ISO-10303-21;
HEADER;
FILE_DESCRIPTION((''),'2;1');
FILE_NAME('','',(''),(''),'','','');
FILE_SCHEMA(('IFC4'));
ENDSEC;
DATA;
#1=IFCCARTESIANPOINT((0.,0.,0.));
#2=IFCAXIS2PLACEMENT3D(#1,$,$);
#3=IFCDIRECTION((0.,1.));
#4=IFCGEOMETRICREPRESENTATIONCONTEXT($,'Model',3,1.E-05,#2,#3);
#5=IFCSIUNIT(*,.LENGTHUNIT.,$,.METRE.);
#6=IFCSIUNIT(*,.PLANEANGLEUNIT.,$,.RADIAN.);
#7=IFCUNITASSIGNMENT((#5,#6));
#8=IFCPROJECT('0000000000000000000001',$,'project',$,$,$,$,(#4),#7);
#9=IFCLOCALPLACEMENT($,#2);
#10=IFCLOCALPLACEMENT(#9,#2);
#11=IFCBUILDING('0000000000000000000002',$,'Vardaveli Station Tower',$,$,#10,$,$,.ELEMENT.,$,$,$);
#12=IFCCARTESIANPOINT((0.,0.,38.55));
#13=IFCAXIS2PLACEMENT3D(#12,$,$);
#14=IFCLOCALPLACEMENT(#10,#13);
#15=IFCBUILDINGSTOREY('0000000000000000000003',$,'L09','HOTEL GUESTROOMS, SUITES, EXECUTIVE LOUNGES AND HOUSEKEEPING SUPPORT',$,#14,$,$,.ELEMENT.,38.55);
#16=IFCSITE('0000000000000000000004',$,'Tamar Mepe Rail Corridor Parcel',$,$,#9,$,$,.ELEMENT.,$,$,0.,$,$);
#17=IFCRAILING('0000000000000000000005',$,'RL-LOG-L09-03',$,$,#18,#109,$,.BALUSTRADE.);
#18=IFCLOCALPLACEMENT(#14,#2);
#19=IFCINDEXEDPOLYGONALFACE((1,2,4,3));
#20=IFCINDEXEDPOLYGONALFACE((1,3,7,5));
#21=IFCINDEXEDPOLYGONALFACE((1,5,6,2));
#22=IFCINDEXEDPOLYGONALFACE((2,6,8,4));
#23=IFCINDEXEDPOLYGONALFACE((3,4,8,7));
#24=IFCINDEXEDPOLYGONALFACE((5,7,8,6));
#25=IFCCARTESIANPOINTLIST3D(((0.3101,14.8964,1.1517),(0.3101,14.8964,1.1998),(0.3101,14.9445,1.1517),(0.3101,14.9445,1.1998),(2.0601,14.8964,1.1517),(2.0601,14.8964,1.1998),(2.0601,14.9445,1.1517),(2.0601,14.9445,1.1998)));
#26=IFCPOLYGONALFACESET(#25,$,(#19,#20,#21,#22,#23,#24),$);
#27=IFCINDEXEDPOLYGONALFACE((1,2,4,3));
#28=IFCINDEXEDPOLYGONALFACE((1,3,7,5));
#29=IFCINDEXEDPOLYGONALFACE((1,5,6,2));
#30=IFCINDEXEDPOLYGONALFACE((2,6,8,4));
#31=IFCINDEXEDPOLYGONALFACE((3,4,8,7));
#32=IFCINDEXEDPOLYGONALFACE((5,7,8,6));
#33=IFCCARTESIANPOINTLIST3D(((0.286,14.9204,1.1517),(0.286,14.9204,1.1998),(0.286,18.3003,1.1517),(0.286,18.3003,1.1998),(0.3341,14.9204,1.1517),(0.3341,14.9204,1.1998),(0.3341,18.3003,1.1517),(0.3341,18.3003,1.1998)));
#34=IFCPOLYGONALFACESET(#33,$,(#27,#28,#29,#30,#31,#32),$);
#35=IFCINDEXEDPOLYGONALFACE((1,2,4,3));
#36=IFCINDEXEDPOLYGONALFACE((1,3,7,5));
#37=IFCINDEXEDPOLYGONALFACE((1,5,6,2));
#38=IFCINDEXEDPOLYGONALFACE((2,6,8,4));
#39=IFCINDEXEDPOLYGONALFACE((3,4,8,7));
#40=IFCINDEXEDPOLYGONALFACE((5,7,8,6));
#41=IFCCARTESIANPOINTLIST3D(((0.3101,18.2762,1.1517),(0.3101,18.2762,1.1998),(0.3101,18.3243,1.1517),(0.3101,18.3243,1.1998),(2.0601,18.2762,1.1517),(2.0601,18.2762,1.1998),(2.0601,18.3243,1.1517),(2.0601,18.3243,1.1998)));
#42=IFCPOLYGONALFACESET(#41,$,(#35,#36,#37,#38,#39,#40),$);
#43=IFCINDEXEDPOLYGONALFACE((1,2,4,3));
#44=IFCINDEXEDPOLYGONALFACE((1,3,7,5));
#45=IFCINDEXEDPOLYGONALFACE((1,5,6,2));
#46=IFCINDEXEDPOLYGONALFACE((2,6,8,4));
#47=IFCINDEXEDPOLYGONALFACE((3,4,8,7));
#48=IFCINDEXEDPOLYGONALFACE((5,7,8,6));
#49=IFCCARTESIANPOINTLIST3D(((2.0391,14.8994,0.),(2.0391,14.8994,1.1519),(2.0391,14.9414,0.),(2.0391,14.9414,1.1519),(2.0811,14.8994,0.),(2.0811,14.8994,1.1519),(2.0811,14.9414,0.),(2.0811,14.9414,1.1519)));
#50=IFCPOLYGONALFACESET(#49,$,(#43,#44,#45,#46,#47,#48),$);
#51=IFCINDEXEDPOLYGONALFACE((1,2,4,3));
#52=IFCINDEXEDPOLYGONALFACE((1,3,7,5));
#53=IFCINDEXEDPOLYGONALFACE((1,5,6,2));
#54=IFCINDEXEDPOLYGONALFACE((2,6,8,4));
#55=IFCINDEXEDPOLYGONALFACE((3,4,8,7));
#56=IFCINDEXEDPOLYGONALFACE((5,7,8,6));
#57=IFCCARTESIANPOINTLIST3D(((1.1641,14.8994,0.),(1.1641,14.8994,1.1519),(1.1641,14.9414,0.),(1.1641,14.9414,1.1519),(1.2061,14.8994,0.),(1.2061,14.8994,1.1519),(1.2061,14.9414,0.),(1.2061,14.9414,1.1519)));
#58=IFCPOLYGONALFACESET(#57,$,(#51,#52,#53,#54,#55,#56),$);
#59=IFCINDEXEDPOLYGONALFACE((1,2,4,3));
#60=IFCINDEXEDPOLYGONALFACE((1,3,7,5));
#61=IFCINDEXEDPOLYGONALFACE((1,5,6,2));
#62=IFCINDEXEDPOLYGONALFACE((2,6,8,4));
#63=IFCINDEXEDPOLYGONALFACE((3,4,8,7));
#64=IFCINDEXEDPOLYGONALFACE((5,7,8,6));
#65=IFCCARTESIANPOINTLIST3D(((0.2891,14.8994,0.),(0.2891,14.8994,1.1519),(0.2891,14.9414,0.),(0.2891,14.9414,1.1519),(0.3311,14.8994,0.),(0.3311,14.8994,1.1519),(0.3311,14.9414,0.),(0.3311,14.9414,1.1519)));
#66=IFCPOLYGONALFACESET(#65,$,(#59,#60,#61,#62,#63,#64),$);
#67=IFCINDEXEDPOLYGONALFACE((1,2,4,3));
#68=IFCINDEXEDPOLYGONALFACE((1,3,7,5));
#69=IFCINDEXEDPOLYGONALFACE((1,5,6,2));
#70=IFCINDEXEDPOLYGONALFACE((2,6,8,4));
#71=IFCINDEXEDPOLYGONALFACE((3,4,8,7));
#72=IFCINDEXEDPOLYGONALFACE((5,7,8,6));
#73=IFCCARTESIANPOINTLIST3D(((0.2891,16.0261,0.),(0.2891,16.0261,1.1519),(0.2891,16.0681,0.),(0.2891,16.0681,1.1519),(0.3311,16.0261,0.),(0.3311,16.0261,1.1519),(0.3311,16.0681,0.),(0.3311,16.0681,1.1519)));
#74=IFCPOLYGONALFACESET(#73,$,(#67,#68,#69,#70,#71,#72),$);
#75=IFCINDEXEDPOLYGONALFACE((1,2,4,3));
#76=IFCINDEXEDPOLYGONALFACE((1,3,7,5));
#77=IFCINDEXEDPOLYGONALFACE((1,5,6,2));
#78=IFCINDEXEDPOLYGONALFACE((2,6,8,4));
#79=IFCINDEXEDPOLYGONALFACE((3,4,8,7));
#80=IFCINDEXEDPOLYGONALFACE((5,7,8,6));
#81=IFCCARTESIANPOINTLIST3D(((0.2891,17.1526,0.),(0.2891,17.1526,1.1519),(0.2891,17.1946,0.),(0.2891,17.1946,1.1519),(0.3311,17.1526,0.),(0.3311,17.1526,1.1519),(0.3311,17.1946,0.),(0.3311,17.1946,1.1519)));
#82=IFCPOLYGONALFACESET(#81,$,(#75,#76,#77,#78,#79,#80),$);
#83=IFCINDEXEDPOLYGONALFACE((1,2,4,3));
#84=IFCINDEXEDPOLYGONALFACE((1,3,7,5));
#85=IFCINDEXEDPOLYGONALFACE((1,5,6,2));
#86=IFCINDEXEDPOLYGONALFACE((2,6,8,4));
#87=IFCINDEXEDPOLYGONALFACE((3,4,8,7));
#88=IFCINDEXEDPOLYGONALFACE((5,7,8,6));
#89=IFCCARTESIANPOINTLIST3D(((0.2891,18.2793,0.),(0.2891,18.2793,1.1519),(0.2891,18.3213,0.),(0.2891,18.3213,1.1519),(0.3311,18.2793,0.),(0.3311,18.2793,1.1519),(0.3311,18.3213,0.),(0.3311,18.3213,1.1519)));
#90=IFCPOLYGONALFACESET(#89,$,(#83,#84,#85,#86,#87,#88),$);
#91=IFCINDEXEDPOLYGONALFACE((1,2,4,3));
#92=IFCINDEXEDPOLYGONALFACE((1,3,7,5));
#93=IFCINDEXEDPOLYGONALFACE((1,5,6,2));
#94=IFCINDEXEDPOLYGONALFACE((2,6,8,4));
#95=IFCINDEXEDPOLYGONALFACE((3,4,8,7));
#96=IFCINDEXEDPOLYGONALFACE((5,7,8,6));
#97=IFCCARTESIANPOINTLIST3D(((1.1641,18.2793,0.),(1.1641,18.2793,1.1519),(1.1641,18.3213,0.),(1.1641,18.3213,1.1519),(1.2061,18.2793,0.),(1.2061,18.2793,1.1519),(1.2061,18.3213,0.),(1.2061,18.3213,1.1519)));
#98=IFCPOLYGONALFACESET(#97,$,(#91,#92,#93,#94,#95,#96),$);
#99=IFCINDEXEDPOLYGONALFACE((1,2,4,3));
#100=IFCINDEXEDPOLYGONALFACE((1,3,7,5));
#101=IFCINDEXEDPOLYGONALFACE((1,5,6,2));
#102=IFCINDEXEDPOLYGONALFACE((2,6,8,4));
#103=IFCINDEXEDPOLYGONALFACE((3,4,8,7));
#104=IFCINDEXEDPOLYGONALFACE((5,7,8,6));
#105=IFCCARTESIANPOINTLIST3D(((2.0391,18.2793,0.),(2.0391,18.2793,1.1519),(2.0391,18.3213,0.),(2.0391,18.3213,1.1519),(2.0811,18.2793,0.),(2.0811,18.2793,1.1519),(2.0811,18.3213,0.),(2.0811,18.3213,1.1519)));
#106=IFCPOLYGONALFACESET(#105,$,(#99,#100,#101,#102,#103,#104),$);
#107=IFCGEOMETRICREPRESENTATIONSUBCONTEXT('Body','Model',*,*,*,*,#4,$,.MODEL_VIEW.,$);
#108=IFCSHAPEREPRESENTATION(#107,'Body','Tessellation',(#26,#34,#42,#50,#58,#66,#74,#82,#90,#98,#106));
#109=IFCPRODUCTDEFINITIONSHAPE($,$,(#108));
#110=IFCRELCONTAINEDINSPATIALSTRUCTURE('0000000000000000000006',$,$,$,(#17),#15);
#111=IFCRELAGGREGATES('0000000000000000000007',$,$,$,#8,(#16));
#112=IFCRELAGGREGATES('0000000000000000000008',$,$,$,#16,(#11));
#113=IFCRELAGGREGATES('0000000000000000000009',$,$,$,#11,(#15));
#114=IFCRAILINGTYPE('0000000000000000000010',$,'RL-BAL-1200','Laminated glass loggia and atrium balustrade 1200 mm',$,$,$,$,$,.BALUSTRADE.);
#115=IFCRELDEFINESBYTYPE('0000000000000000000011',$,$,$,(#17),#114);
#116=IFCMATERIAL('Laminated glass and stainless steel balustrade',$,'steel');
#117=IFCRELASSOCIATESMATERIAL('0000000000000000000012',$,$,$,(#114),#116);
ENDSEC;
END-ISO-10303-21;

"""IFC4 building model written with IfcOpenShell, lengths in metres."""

from ifc_helpers import new_model, si_unit, direction, frame, origin, origin_2d, place, context, subcontext, project, spatial, rectangle, extrude, source, transform, mapped, material, type_object, element, save


model = new_model("IFC4")

# Units and contexts
model_context = context("Model", 3, precision=1e-05, world=origin(), true_north=direction((0.0, 1.0)))
body_context = subcontext(model_context, "Body", "Model", "MODEL_VIEW")
ifc_project = project(units=[si_unit("LENGTHUNIT", "METRE"), si_unit("PLANEANGLEUNIT", "RADIAN")], contexts=[model_context])

# Site, building, storey
site_placement = place(None, origin())
site = spatial("IfcSite", under=ifc_project, at=site_placement, Name="Tamar Mepe Rail Corridor Parcel", CompositionType="ELEMENT", RefElevation=0.0)
building_placement = place(site_placement, origin())
building = spatial("IfcBuilding", under=site, at=building_placement, Name="Vardaveli Station Tower", CompositionType="ELEMENT")
storey_placement = place(building_placement, frame((0.0, 0.0, 38.55)))
storey = spatial("IfcBuildingStorey", under=building, at=storey_placement, Name="L09", Description="HOTEL GUESTROOMS, SUITES, EXECUTIVE LOUNGES AND HOUSEKEEPING SUPPORT", CompositionType="ELEMENT", Elevation=38.55)

# Railing
ifc_material_1 = material(Name="Laminated glass and stainless steel balustrade", Category="steel")
railing_type = type_object("IfcRailingType", Name="RL-BAL-1200", Description="Laminated glass loggia and atrium balustrade 1200 mm", PredefinedType="BALUSTRADE", material=ifc_material_1)
shared_shape_1 = source(origin(), body_context, "Body", "SweptSolid", [
    extrude(rectangle(XDim=0.0481, YDim=0.0481, at=origin_2d()), frame((0.0, 0.0, 1.1758), z_axis=(-1.0, 0.0, 0.0), x_axis=(0.0, -1.0, 0.0)), (0.0, 0.0, 1.0), 1.75),
    extrude(rectangle(XDim=0.0481, YDim=0.0481, at=origin_2d()), frame((-1.75, 0.0, 1.1758), z_axis=(0.0, 1.0, 0.0), x_axis=(-1.0, 0.0, 0.0)), (0.0, 0.0, 1.0), 3.3799),
    extrude(rectangle(XDim=0.0481, YDim=0.0481, at=origin_2d()), frame((-1.75, 3.3799, 1.1758), z_axis=(1.0, 0.0, 0.0), x_axis=(0.0, 1.0, 0.0)), (0.0, 0.0, 1.0), 1.75),
    extrude(rectangle(XDim=0.042, YDim=0.042, at=origin_2d()), origin(), (0.0, 0.0, 1.0), 1.1519),
    extrude(rectangle(XDim=0.042, YDim=0.042, at=origin_2d()), frame((-0.875, 0.0, 0.0)), (0.0, 0.0, 1.0), 1.1519),
    extrude(rectangle(XDim=0.042, YDim=0.042, at=origin_2d()), frame((-1.75, 0.0, 0.0)), (0.0, 0.0, 1.0), 1.1519),
    extrude(rectangle(XDim=0.042, YDim=0.042, at=origin_2d()), frame((-1.75, 1.1267, 0.0)), (0.0, 0.0, 1.0), 1.1519),
    extrude(rectangle(XDim=0.042, YDim=0.042, at=origin_2d()), frame((-1.75, 2.2532, 0.0)), (0.0, 0.0, 1.0), 1.1519),
    extrude(rectangle(XDim=0.042, YDim=0.042, at=origin_2d()), frame((-1.75, 3.3799, 0.0)), (0.0, 0.0, 1.0), 1.1519),
    extrude(rectangle(XDim=0.042, YDim=0.042, at=origin_2d()), frame((-0.875, 3.3799, 0.0)), (0.0, 0.0, 1.0), 1.1519),
    extrude(rectangle(XDim=0.042, YDim=0.042, at=origin_2d()), frame((0.0, 3.3799, 0.0)), (0.0, 0.0, 1.0), 1.1519),
])
railing_placement = place(storey_placement, frame((2.0601, 14.9204, 0.0)))
element("IfcRailing", 1, at=railing_placement, inside=storey, type_object=railing_type, Name="RL-LOG-L09-03", PredefinedType="BALUSTRADE", context=body_context, shape_type="MappedRepresentation", body=[
    mapped(shared_shape_1, transform((0.0, 0.0, 0.0), scale=1.0)),
])

save(model, "model.ifc")
